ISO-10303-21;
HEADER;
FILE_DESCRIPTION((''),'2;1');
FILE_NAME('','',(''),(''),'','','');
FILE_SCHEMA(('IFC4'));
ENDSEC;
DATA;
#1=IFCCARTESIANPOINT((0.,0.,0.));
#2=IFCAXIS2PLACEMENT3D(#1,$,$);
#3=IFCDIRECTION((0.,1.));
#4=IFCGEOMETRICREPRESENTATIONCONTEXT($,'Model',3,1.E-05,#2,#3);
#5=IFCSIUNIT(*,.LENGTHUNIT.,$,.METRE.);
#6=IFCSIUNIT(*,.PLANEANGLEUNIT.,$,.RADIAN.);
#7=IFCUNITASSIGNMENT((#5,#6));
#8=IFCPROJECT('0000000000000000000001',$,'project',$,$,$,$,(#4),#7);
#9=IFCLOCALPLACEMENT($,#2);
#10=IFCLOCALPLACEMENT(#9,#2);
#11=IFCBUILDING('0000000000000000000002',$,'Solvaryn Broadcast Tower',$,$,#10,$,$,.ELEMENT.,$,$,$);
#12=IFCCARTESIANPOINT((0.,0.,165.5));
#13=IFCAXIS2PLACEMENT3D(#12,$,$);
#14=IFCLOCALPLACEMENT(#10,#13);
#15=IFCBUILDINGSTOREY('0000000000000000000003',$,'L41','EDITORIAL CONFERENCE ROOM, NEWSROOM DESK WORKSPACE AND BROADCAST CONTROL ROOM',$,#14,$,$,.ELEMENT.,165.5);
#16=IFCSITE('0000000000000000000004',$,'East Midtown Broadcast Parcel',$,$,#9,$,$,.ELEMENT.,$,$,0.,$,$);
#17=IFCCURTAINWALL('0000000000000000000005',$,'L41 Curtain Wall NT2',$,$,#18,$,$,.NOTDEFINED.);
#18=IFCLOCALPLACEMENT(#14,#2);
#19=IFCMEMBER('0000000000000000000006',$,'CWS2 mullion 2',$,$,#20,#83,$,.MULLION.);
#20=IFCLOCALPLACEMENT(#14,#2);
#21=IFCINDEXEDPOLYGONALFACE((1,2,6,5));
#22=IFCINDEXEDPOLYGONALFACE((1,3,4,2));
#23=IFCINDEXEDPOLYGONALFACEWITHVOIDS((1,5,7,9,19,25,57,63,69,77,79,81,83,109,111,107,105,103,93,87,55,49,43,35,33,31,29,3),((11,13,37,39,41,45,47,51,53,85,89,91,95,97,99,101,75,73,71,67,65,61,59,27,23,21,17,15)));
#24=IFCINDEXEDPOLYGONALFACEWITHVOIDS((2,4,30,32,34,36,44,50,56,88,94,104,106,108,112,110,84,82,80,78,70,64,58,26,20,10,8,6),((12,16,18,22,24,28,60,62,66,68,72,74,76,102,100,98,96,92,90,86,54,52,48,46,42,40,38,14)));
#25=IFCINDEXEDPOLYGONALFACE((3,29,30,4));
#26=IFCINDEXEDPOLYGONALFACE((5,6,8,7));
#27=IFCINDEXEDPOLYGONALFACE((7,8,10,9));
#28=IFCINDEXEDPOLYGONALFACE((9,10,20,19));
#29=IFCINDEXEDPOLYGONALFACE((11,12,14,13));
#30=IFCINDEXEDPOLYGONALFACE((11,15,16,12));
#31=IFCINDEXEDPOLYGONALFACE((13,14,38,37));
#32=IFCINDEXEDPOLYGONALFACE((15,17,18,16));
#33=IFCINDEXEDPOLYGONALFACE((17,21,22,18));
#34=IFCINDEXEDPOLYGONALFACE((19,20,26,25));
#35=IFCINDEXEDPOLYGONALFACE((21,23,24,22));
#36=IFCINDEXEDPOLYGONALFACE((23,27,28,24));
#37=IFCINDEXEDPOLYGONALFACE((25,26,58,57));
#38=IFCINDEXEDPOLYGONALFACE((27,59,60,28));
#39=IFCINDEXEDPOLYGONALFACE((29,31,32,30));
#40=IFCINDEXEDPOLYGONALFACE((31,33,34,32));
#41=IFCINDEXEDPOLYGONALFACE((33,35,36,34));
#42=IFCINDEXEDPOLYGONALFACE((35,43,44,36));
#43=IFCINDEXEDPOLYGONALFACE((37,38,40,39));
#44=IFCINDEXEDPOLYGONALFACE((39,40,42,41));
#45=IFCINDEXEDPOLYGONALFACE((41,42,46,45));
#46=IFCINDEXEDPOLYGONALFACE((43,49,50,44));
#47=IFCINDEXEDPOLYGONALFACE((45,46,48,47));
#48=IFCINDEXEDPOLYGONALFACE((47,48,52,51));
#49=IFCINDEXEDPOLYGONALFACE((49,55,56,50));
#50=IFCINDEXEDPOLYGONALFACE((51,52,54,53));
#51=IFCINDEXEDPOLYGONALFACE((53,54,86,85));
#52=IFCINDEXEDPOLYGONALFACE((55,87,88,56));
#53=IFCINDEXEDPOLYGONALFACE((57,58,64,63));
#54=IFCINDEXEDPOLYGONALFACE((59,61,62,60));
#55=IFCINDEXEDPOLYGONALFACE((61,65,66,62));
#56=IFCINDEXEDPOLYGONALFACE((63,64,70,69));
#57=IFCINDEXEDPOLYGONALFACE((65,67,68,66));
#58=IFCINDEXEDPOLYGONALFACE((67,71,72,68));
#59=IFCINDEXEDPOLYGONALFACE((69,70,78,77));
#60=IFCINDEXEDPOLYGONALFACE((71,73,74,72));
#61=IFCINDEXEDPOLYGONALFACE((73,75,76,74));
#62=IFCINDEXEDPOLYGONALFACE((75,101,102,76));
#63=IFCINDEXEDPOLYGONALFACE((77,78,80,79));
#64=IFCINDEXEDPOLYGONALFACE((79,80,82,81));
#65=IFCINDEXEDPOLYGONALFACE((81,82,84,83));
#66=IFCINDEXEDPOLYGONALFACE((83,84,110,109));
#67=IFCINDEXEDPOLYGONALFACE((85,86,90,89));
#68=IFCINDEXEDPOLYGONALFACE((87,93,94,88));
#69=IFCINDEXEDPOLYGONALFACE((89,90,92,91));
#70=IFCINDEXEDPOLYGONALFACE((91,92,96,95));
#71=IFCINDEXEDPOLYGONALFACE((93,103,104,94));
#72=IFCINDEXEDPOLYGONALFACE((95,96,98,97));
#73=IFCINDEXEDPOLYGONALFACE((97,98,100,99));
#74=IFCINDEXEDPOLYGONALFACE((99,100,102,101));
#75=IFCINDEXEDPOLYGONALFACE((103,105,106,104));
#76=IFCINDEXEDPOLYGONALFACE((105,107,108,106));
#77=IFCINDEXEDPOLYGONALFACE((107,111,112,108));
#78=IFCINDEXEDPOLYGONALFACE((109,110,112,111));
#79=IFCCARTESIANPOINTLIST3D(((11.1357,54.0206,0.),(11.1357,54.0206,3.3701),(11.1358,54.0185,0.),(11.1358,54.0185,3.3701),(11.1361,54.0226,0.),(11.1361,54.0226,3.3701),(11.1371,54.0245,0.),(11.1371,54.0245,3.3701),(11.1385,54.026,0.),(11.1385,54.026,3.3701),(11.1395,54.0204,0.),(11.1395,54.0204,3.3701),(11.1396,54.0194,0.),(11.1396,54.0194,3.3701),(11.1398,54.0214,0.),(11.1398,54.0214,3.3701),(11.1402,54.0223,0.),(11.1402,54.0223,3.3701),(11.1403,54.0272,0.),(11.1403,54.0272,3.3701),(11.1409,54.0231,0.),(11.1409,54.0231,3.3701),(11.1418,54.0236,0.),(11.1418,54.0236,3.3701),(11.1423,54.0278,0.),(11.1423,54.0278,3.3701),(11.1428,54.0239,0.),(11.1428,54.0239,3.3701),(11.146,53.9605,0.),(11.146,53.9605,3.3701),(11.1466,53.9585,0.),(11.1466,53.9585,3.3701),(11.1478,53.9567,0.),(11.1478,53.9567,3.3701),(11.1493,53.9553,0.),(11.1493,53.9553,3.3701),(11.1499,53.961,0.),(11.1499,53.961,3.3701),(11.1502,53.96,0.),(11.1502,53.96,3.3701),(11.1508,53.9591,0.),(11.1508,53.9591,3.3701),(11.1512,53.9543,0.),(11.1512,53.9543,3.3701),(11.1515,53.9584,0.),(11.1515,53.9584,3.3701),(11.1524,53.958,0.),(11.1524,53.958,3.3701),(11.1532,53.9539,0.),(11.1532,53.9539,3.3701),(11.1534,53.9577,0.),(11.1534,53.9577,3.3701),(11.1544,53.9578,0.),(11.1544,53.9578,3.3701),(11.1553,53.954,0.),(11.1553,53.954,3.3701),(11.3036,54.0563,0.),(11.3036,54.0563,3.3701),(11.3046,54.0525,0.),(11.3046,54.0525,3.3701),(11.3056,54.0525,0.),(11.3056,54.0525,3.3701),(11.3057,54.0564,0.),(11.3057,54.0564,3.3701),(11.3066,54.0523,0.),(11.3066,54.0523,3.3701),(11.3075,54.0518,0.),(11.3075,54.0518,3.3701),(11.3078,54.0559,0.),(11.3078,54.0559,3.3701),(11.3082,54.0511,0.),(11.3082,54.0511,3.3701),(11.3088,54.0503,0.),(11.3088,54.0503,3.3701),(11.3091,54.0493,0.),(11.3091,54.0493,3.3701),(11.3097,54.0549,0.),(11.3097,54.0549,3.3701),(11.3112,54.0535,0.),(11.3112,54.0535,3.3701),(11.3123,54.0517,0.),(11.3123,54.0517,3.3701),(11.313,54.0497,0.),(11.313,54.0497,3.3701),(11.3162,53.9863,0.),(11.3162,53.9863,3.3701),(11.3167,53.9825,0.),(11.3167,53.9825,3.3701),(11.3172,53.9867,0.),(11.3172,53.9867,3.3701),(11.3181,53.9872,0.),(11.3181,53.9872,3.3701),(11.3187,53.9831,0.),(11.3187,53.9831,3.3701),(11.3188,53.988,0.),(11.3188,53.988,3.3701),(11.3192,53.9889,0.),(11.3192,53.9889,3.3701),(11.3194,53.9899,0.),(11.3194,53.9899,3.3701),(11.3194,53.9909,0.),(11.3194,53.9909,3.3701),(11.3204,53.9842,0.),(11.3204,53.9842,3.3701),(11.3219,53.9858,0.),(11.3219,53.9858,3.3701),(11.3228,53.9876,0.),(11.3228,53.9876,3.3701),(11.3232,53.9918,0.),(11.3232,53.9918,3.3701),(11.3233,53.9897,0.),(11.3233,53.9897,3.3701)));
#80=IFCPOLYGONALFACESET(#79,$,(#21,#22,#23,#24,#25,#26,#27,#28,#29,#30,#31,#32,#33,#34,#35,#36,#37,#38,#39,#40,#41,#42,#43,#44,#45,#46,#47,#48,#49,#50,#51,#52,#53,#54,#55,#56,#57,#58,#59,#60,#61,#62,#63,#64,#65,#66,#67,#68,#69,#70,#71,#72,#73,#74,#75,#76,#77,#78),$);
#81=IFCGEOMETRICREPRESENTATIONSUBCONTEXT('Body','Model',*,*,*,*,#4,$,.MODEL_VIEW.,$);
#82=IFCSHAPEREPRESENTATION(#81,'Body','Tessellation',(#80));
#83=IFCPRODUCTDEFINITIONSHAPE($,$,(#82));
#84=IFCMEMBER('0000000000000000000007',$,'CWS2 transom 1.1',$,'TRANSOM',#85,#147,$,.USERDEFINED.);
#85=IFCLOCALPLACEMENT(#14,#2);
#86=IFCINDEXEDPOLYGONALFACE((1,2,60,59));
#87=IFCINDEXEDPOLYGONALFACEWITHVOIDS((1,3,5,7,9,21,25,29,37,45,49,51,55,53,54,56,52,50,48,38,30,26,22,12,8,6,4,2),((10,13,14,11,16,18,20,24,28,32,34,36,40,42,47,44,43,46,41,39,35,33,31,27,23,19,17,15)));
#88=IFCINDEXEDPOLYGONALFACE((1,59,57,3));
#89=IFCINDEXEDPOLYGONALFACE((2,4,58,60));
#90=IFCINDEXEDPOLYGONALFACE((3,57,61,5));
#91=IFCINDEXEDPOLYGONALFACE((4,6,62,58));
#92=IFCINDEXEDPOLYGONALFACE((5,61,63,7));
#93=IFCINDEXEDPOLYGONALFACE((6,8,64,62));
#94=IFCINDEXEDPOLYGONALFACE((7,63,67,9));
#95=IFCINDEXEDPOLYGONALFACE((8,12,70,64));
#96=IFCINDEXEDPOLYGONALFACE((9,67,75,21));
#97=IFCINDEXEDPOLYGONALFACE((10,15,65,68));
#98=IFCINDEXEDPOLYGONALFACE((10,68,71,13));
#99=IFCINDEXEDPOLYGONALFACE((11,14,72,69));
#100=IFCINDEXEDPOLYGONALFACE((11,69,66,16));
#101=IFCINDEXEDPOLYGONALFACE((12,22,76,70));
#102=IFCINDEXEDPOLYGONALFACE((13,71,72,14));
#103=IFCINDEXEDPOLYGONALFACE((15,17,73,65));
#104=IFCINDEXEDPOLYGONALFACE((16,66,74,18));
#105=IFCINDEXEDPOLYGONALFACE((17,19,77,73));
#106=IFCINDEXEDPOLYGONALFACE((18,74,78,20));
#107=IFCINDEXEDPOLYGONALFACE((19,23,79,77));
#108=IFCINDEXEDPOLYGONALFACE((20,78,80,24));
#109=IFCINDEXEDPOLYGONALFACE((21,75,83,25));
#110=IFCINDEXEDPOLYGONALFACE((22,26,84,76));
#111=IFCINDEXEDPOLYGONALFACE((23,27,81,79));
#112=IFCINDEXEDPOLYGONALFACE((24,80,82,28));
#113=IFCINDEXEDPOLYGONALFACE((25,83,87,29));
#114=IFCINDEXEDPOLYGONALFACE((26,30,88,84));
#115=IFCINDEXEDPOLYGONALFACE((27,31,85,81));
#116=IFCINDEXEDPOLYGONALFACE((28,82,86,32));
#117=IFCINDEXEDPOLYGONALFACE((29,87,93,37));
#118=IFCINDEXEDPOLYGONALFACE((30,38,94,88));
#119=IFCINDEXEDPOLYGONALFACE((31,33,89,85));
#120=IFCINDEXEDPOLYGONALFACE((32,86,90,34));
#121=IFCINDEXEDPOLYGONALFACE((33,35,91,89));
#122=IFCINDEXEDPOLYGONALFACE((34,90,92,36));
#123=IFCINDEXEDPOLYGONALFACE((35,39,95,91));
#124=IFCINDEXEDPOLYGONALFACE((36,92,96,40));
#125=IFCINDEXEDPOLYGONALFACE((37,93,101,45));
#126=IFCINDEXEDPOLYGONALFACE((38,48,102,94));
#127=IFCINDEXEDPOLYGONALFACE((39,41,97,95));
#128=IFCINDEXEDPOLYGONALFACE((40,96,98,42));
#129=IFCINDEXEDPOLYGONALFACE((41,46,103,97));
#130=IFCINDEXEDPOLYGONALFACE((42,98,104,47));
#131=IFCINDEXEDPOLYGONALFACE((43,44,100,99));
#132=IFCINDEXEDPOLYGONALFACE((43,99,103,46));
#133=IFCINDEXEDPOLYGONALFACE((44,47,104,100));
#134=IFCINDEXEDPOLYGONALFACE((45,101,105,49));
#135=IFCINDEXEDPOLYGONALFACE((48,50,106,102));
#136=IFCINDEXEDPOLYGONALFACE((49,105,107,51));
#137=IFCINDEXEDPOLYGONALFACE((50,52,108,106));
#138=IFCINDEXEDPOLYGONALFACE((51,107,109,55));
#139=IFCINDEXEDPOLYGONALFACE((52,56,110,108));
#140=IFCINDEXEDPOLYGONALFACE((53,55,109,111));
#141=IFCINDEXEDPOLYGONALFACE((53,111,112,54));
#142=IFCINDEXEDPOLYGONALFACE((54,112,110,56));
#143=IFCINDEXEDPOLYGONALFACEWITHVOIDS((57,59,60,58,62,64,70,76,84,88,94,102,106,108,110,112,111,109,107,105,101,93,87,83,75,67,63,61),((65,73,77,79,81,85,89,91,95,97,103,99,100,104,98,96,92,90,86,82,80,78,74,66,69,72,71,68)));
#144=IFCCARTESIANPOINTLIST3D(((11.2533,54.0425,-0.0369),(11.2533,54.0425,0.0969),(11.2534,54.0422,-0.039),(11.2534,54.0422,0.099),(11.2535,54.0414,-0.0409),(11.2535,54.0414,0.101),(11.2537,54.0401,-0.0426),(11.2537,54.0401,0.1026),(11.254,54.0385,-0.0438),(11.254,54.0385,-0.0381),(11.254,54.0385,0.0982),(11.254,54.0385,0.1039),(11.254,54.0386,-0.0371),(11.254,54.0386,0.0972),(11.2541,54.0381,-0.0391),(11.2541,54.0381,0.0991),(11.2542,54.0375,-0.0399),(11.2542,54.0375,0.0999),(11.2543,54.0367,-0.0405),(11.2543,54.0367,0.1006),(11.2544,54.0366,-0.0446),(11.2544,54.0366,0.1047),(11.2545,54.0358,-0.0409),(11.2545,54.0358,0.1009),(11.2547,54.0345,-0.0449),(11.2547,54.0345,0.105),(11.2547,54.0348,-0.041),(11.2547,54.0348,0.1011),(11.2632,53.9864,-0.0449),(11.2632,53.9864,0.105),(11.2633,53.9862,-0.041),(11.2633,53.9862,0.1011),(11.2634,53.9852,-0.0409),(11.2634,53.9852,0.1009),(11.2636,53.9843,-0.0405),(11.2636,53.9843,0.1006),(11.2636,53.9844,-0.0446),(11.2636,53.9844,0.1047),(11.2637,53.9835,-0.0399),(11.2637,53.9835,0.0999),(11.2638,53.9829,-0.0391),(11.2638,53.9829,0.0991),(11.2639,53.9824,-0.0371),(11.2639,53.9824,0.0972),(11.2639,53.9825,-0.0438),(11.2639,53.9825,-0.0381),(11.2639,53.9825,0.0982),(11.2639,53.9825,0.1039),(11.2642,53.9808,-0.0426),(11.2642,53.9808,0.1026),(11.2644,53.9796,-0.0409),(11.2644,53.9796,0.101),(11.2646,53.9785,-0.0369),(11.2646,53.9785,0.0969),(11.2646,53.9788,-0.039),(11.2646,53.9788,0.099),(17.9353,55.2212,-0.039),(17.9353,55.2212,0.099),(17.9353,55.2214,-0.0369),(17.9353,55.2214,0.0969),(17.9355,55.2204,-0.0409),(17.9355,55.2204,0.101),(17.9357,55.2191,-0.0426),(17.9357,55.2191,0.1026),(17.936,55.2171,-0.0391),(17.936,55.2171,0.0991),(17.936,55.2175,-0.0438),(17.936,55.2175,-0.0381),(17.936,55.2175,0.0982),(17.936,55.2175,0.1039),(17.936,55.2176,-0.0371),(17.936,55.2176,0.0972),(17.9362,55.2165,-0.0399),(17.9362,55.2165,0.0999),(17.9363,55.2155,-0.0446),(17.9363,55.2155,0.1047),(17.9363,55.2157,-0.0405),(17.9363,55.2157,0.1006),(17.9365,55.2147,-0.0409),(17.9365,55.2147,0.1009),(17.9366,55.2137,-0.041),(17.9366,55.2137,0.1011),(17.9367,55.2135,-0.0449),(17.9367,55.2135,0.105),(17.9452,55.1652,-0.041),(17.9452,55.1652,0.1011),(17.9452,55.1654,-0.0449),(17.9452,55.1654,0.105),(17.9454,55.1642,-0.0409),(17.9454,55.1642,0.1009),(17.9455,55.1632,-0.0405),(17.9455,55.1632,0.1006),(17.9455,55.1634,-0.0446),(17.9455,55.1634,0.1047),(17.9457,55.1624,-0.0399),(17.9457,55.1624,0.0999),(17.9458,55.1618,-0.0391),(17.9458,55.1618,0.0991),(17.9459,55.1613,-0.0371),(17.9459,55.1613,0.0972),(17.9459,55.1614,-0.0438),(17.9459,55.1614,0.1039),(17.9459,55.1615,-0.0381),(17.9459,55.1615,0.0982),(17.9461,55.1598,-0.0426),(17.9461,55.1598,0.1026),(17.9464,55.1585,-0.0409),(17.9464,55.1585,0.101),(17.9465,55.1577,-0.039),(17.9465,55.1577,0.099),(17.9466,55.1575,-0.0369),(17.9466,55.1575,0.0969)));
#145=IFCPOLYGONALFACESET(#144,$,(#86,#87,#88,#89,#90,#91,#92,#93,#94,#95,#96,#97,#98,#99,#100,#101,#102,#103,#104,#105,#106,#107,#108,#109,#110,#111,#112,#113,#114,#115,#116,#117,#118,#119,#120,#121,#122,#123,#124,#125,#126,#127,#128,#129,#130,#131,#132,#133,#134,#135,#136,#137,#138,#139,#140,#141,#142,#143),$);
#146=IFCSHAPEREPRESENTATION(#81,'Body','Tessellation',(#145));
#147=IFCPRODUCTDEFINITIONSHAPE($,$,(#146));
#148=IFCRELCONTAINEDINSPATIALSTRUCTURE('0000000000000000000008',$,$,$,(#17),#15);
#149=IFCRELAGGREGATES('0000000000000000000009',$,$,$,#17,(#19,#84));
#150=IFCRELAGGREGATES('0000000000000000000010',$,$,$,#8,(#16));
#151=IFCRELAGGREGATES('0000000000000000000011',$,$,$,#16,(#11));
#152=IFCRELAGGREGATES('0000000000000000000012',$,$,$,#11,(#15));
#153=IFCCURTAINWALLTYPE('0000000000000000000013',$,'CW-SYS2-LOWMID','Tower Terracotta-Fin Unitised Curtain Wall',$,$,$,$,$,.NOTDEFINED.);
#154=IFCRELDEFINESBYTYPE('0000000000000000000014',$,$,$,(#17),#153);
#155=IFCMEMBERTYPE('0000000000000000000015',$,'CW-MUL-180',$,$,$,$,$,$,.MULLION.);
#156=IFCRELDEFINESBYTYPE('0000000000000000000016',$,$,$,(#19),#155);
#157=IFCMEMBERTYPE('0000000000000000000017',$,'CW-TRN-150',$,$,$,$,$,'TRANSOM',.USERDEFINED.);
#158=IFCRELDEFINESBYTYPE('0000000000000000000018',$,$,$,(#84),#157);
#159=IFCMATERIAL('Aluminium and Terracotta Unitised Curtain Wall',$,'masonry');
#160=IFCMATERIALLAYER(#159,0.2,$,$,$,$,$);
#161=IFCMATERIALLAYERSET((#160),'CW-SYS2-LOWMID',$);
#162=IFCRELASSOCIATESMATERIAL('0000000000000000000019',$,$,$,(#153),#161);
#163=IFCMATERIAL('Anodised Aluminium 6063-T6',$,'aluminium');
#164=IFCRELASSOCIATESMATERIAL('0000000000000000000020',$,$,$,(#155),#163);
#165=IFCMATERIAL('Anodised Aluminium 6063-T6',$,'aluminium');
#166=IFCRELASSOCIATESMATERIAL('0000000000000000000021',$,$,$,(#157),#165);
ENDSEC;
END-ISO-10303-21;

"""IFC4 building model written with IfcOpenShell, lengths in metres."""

from ifc_helpers import new_model, si_unit, direction, frame, origin, origin_2d, place, context, subcontext, project, spatial, hollow_rectangle, extrude, material, layer, layer_set, material_profile, profile_set, type_object, element, aggregate, save


model = new_model("IFC4")

# Units and contexts
model_context = context("Model", 3, precision=1e-05, world=origin(), true_north=direction((0.0, 1.0)))
body_context = subcontext(model_context, "Body", "Model", "MODEL_VIEW")
ifc_project = project(units=[si_unit("LENGTHUNIT", "METRE"), si_unit("PLANEANGLEUNIT", "RADIAN")], contexts=[model_context])

# Site, building, storey
site_placement = place(None, origin())
site = spatial("IfcSite", under=ifc_project, at=site_placement, Name="East Midtown Broadcast Parcel", CompositionType="ELEMENT", RefElevation=0.0)
building_placement = place(site_placement, origin())
building = spatial("IfcBuilding", under=site, at=building_placement, Name="Solvaryn Broadcast Tower", CompositionType="ELEMENT")
storey_placement = place(building_placement, frame((0.0, 0.0, 165.5)))
storey = spatial("IfcBuildingStorey", under=building, at=storey_placement, Name="L41", Description="EDITORIAL CONFERENCE ROOM, NEWSROOM DESK WORKSPACE AND BROADCAST CONTROL ROOM", CompositionType="ELEMENT", Elevation=165.5)

# Shared definitions
ifc_material_1 = material(Name="Aluminium and Terracotta Unitised Curtain Wall", Category="masonry")
ifc_layer_1 = layer(ifc_material_1, 0.2)
ifc_layer_set_1 = layer_set([ifc_layer_1], Name="CW-SYS2-LOWMID")
curtain_wall_type = type_object("IfcCurtainWallType", Name="CW-SYS2-LOWMID", Description="Tower Terracotta-Fin Unitised Curtain Wall", PredefinedType="NOTDEFINED", material=ifc_layer_set_1)
ifc_material_2 = material(Name="Anodised Aluminium 6063-T6", Category="aluminium")
ifc_material_profile_1 = material_profile(ifc_material_2, hollow_rectangle(XDim=0.075, YDim=0.1799, WallThickness=0.0039, InnerFilletRadius=0.0039, OuterFilletRadius=0.0081, at=origin_2d()))
ifc_profile_set_1 = profile_set([ifc_material_profile_1], Name="Anodised Aluminium 6063-T6")
member_type_1 = type_object("IfcMemberType", Name="CW-MUL-180", PredefinedType="MULLION", material=ifc_profile_set_1)

# Curtain wall, members
curtain_wall_1_placement = place(storey_placement, origin())
curtain_wall_1 = element("IfcCurtainWall", 1, at=curtain_wall_1_placement, inside=storey, type_object=curtain_wall_type, Name="L41 Curtain Wall NT2", PredefinedType="NOTDEFINED")
member_1_placement = place(storey_placement, frame((11.2295, 54.0051, 0.0), z_axis=(0.0, 0.0, 1.0), x_axis=(0.173785, -0.984784, 0.0)))
member_1 = element("IfcMember", 2, at=member_1_placement, type_object=member_type_1, Name="CWS2 mullion 2", PredefinedType="MULLION", context=body_context, shape_type="SweptSolid", body=[
    extrude(hollow_rectangle(XDim=0.075, YDim=0.1799, WallThickness=0.0039, InnerFilletRadius=0.0039, OuterFilletRadius=0.0081, at=origin_2d()), origin(), (0.0, 0.0, 1.0), 3.3701),
])
ifc_material_3 = material(Name="Anodised Aluminium 6063-T6", Category="aluminium")
ifc_material_profile_2 = material_profile(ifc_material_3, hollow_rectangle(XDim=0.0649, YDim=0.1499, WallThickness=0.0039, InnerFilletRadius=0.0039, OuterFilletRadius=0.0081, at=origin_2d()))
ifc_profile_set_2 = profile_set([ifc_material_profile_2], Name="Anodised Aluminium 6063-T6")
member_type_2 = type_object("IfcMemberType", Name="CW-TRN-150", ElementType="TRANSOM", PredefinedType="USERDEFINED", material=ifc_profile_set_2)
member_2_placement = place(storey_placement, frame((17.9409, 55.1895, 0.03), z_axis=(-0.984789, -0.173757, 0.0), x_axis=(0.173757, -0.984789, 0.0)))
member_2 = element("IfcMember", 3, at=member_2_placement, type_object=member_type_2, Name="CWS2 transom 1.1", ObjectType="TRANSOM", PredefinedType="USERDEFINED", context=body_context, shape_type="SweptSolid", body=[
    extrude(hollow_rectangle(XDim=0.0649, YDim=0.1499, WallThickness=0.0039, InnerFilletRadius=0.0039, OuterFilletRadius=0.0081, at=origin_2d()), origin(), (0.0, 0.0, 1.0), 6.7852),
])

aggregate(curtain_wall_1, [member_1, member_2])

save(model, "model.ifc")
